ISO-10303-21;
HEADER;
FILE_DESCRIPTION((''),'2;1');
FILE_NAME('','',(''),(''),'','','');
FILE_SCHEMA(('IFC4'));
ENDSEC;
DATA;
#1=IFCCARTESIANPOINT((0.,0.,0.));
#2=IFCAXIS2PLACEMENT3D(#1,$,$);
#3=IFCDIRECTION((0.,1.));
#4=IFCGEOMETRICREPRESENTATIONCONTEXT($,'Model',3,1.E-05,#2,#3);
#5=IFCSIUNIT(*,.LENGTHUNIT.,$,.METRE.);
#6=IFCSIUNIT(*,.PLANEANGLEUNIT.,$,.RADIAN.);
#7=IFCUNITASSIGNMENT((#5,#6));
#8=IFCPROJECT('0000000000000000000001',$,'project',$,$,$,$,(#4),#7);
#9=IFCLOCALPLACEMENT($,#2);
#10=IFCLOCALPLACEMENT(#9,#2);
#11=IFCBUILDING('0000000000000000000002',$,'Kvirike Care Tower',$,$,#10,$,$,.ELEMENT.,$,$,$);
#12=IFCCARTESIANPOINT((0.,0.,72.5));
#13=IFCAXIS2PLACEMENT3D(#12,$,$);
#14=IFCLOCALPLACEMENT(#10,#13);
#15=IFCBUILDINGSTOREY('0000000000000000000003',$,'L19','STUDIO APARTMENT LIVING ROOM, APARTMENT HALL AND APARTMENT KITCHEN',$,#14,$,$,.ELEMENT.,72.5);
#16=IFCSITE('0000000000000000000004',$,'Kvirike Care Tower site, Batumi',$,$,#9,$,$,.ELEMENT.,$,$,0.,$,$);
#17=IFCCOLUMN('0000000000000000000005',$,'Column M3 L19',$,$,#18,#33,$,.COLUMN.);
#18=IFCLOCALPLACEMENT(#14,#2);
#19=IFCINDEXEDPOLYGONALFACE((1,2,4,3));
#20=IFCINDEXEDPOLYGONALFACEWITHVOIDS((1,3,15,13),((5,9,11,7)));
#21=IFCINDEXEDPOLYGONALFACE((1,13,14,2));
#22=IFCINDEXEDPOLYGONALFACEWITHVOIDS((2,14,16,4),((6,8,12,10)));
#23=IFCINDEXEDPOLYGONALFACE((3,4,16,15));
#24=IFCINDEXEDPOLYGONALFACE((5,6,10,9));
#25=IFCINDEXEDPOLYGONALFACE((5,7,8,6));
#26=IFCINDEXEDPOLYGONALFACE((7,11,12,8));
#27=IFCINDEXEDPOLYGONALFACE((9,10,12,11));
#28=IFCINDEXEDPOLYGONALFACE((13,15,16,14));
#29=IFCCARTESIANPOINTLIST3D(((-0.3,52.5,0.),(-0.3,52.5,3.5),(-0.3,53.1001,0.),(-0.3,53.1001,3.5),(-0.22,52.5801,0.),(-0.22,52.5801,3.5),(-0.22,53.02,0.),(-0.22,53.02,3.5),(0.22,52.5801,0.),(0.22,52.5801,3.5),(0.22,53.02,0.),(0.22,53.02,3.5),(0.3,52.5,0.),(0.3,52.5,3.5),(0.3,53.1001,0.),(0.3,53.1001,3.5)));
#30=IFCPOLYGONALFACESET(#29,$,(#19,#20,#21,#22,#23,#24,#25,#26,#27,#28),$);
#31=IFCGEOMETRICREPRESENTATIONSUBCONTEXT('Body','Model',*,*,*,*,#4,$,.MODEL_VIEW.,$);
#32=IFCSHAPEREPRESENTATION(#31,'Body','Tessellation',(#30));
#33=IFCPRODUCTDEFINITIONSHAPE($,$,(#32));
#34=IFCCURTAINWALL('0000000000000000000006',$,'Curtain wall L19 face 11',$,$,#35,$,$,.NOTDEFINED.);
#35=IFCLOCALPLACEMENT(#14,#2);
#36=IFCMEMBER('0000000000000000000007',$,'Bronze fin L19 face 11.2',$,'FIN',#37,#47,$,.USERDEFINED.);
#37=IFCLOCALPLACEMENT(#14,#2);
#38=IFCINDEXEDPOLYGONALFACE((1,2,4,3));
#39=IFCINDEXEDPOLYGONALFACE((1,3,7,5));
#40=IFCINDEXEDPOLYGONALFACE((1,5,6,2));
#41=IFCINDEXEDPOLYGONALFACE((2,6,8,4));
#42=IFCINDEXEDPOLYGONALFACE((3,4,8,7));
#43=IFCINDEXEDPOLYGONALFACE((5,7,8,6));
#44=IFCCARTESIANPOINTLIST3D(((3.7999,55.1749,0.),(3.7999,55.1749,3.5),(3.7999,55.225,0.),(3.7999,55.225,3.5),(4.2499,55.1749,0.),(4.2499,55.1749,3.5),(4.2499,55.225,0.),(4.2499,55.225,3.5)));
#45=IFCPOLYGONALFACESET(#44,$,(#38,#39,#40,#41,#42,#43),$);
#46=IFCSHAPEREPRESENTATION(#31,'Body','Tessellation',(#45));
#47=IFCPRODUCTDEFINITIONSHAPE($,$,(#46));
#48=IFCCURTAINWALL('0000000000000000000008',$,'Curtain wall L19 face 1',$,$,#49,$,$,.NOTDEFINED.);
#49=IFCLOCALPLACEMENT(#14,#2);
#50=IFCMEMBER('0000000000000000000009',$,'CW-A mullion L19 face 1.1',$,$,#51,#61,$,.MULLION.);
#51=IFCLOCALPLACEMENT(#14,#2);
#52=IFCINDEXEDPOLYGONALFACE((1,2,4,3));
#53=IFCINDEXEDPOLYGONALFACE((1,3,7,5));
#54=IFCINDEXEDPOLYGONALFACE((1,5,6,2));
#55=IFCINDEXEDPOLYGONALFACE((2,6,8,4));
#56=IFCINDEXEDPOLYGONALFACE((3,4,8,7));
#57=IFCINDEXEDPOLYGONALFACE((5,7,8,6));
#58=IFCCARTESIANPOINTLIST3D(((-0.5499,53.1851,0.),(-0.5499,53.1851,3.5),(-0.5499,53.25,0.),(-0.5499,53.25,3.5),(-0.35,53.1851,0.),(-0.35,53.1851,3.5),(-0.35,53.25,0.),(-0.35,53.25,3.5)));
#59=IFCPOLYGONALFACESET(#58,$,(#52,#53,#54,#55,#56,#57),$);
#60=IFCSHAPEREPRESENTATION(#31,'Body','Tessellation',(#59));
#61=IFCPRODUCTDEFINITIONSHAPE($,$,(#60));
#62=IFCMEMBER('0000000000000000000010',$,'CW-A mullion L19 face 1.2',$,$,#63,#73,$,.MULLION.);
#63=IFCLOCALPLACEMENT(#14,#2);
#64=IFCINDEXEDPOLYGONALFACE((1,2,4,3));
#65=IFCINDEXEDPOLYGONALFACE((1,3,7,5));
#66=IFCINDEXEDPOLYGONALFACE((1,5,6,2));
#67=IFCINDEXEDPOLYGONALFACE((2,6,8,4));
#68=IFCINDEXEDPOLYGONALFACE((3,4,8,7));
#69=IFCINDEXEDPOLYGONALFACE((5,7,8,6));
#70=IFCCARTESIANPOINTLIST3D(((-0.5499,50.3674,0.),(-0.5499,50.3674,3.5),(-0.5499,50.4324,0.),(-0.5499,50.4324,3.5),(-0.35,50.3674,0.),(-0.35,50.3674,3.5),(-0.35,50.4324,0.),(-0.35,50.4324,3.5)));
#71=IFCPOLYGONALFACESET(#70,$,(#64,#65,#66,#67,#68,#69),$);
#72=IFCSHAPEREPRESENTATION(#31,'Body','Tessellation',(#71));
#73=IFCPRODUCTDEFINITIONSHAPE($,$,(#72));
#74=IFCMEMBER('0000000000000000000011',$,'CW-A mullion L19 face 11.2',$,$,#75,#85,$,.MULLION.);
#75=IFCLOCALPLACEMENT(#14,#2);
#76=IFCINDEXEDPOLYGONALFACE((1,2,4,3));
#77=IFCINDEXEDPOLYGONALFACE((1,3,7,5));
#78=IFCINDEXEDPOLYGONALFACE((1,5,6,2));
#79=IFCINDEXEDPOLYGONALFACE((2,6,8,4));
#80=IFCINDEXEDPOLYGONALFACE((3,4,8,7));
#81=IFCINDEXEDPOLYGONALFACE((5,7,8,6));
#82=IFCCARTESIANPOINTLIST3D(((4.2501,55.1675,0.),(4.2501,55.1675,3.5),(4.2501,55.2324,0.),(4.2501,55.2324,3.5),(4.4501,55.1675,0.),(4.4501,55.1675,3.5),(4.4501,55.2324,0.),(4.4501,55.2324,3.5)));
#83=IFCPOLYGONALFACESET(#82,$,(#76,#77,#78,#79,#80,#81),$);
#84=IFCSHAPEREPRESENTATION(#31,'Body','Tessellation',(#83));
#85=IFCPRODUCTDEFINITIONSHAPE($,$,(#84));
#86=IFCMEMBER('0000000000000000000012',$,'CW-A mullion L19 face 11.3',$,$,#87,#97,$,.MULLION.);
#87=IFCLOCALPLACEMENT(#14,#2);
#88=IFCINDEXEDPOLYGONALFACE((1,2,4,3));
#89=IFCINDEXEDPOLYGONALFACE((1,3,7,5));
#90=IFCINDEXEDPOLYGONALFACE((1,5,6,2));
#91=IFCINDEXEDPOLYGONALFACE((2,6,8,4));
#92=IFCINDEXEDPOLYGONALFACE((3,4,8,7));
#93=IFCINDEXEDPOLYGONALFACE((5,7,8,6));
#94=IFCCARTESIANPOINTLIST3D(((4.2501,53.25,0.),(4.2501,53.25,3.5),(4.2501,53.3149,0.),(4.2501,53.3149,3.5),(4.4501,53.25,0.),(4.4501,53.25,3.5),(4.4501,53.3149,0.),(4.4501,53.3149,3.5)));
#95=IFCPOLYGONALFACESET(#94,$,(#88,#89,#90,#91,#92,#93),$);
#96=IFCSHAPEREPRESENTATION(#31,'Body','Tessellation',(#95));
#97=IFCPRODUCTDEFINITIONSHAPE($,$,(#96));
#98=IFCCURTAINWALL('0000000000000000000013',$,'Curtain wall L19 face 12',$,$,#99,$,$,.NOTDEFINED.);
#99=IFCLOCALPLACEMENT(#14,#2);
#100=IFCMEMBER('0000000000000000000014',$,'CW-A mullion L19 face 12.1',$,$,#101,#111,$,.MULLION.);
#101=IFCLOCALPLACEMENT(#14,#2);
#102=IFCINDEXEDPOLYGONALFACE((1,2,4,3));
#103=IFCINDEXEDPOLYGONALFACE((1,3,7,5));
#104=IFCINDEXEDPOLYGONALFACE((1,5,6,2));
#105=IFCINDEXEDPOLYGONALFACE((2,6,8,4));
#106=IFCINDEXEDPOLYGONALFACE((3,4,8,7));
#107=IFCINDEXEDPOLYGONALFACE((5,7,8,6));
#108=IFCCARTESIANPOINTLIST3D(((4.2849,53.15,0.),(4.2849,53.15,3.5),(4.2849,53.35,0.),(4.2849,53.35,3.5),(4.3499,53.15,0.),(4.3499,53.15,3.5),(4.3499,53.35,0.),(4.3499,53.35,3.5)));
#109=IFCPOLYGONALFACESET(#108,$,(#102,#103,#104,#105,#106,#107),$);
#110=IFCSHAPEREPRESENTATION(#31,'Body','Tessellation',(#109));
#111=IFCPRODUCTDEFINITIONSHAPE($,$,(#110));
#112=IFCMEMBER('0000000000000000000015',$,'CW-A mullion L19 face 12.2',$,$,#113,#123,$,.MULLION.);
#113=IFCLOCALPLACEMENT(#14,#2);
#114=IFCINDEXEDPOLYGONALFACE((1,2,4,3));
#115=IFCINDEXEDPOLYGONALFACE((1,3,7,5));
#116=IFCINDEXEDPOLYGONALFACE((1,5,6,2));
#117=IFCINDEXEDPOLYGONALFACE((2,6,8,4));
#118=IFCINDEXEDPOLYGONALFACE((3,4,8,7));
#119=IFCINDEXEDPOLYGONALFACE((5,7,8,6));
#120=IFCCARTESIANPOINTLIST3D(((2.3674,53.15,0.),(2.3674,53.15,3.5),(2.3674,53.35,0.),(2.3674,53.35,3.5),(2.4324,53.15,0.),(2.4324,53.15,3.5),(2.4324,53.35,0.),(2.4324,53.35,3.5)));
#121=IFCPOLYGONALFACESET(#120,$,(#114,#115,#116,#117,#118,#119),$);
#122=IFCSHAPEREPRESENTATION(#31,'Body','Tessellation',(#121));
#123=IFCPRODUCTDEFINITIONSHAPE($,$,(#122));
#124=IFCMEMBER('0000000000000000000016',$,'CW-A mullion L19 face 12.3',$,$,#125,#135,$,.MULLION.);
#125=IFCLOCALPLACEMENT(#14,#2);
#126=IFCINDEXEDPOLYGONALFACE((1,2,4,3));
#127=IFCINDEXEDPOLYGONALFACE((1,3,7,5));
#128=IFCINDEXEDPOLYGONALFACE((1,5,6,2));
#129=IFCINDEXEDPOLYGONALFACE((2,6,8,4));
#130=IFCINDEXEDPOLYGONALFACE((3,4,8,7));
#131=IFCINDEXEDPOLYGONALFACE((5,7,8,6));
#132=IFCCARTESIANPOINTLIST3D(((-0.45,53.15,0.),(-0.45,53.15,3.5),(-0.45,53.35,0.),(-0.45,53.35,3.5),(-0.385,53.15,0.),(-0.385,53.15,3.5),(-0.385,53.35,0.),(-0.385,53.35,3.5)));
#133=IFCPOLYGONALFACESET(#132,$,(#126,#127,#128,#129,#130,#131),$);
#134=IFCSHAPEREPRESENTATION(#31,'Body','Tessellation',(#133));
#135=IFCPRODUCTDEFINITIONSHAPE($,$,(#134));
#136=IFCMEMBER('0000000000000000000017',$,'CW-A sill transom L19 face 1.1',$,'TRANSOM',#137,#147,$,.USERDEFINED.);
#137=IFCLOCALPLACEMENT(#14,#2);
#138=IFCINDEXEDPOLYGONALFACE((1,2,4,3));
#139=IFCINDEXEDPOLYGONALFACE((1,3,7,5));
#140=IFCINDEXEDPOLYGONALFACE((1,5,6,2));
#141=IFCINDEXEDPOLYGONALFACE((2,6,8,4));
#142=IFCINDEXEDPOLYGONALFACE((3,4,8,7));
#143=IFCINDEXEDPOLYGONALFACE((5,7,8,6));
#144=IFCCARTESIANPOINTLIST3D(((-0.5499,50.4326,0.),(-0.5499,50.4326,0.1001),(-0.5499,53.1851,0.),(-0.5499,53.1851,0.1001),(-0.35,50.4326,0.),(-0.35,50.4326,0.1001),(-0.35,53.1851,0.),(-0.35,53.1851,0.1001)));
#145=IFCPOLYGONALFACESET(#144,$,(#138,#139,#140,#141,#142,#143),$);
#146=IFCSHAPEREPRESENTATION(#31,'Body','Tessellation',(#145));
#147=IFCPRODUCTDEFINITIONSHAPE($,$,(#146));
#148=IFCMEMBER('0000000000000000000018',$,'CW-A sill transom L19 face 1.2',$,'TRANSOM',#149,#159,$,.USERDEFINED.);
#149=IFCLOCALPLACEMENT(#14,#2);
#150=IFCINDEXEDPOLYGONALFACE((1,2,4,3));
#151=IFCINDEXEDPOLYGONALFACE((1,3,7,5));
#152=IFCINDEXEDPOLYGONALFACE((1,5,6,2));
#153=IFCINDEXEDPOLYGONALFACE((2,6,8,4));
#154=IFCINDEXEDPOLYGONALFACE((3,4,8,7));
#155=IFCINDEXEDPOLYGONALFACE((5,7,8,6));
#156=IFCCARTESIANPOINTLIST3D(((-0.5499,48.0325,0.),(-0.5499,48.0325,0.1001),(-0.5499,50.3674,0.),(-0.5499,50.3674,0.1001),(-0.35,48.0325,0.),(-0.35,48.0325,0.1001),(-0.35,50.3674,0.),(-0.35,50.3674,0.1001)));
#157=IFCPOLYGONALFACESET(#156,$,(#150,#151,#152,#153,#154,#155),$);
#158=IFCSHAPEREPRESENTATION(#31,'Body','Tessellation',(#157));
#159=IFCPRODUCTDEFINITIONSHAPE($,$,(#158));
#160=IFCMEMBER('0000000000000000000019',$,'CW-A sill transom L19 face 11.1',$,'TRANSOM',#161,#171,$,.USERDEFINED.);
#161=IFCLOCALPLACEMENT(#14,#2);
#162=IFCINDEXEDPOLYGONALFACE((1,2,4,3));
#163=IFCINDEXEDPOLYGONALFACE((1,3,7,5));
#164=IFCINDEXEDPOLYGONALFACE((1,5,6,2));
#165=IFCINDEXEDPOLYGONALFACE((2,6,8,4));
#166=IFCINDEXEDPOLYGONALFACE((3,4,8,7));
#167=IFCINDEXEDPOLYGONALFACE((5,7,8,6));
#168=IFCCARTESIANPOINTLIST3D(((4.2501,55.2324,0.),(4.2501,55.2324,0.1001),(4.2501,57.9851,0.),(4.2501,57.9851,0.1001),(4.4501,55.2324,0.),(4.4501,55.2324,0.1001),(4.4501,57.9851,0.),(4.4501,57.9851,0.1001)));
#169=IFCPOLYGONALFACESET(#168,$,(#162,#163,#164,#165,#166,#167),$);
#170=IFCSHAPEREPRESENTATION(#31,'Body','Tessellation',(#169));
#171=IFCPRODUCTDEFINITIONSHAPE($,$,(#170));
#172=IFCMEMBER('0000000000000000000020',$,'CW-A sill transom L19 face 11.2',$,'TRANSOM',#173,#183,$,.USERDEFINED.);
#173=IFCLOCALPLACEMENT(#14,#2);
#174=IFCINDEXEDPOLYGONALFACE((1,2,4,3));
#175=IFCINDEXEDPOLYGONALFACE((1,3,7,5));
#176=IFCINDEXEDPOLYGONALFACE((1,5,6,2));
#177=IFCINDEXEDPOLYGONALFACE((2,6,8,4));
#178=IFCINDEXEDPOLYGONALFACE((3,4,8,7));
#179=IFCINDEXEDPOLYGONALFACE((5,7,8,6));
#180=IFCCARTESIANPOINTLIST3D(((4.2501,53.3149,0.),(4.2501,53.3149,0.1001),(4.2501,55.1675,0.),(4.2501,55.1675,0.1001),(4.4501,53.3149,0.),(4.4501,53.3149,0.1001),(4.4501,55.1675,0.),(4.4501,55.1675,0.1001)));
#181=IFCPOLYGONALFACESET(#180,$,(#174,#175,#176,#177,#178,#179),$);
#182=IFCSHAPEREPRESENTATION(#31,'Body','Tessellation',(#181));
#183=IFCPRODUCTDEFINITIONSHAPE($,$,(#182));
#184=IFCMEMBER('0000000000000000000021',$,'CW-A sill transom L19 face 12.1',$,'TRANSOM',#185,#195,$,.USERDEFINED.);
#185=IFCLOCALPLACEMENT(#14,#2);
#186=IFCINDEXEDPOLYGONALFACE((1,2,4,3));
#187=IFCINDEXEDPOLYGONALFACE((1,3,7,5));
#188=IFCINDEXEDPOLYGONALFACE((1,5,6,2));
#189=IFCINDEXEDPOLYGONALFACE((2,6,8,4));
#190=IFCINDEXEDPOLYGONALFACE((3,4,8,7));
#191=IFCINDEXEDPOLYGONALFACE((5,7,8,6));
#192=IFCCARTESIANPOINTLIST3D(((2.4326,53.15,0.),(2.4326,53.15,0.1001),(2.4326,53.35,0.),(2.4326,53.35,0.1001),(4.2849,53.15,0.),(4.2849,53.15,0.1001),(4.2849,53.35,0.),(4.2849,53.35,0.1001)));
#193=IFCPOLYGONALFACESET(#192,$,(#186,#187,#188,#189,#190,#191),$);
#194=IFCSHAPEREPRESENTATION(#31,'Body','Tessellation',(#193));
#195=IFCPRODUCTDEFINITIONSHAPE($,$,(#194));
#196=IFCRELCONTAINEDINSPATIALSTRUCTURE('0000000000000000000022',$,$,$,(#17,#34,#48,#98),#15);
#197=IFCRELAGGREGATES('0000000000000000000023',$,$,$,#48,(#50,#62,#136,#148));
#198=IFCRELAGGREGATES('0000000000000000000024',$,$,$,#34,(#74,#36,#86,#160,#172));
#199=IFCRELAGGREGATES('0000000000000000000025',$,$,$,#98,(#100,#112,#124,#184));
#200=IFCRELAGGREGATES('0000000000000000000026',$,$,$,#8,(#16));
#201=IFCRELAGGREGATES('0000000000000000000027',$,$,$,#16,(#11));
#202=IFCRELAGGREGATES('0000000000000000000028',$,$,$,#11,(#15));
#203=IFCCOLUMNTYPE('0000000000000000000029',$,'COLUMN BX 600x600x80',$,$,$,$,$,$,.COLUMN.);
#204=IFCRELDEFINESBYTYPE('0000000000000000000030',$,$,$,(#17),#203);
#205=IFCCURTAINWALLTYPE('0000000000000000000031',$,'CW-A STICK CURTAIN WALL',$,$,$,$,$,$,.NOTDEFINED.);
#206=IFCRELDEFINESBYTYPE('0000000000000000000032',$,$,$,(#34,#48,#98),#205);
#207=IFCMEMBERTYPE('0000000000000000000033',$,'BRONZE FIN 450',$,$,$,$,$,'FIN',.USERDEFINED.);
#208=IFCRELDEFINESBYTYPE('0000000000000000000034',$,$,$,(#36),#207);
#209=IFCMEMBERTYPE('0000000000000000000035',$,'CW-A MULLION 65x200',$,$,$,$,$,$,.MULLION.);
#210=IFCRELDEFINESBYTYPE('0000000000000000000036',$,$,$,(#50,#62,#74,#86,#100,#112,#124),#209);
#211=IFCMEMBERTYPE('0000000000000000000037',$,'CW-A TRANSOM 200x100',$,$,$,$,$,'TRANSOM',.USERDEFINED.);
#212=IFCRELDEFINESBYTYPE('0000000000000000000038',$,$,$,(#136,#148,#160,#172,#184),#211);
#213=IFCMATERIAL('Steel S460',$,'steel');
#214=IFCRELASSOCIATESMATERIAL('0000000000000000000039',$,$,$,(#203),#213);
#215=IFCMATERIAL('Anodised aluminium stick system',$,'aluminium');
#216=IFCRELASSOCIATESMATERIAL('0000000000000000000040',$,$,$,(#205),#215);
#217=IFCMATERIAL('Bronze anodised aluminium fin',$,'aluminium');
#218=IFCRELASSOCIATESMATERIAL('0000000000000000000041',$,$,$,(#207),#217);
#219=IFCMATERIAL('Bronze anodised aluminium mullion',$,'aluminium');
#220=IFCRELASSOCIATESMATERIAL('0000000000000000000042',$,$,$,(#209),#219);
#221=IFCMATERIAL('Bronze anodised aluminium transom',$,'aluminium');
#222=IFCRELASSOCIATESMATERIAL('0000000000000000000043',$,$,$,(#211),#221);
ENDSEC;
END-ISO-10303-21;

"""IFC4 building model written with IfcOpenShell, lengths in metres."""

from ifc_helpers import new_model, si_unit, direction, frame, origin, origin_2d, place, context, subcontext, project, spatial, rectangle, hollow_rectangle, extrude, material, material_profile, profile_set, type_object, element, aggregate, save


model = new_model("IFC4")

# Units and contexts
model_context = context("Model", 3, precision=1e-05, world=origin(), true_north=direction((0.0, 1.0)))
body_context = subcontext(model_context, "Body", "Model", "MODEL_VIEW")
ifc_project = project(units=[si_unit("LENGTHUNIT", "METRE"), si_unit("PLANEANGLEUNIT", "RADIAN")], contexts=[model_context])

# Site, building, storey
site_placement = place(None, origin())
site = spatial("IfcSite", under=ifc_project, at=site_placement, Name="Kvirike Care Tower site, Batumi", CompositionType="ELEMENT", RefElevation=0.0)
building_placement = place(site_placement, origin())
building = spatial("IfcBuilding", under=site, at=building_placement, Name="Kvirike Care Tower", CompositionType="ELEMENT")
storey_placement = place(building_placement, frame((0.0, 0.0, 72.5)))
storey = spatial("IfcBuildingStorey", under=building, at=storey_placement, Name="L19", Description="STUDIO APARTMENT LIVING ROOM, APARTMENT HALL AND APARTMENT KITCHEN", CompositionType="ELEMENT", Elevation=72.5)

# Column
ifc_material_1 = material(Name="Steel S460", Category="steel")
ifc_material_profile_1 = material_profile(ifc_material_1, hollow_rectangle(XDim=0.6001, YDim=0.6001, WallThickness=0.0801, at=origin_2d()), Name="BX 600x600x80")
ifc_profile_set_1 = profile_set([ifc_material_profile_1], Name="Steel S460")
column_type = type_object("IfcColumnType", Name="COLUMN BX 600x600x80", PredefinedType="COLUMN", material=ifc_profile_set_1)
column_placement = place(storey_placement, frame((0.0, 52.8, 0.0), z_axis=(0.0, 0.0, 1.0), x_axis=(0.0, 1.0, 0.0)))
element("IfcColumn", 1, at=column_placement, inside=storey, type_object=column_type, Name="Column M3 L19", PredefinedType="COLUMN", context=body_context, shape_type="SweptSolid", body=[
    extrude(hollow_rectangle(XDim=0.6001, YDim=0.6001, WallThickness=0.0801, at=origin_2d()), origin(), (0.0, 0.0, 1.0), 3.5),
])

# Curtain wall, member
ifc_material_2 = material(Name="Anodised aluminium stick system", Category="aluminium")
curtain_wall_type = type_object("IfcCurtainWallType", Name="CW-A STICK CURTAIN WALL", PredefinedType="NOTDEFINED", material=ifc_material_2)
curtain_wall_1_placement = place(storey_placement, origin())
curtain_wall_1 = element("IfcCurtainWall", 2, at=curtain_wall_1_placement, inside=storey, type_object=curtain_wall_type, Name="Curtain wall L19 face 11", PredefinedType="NOTDEFINED")
ifc_material_3 = material(Name="Bronze anodised aluminium fin", Category="aluminium")
ifc_material_profile_2 = material_profile(ifc_material_3, rectangle(XDim=0.05, YDim=0.45, at=origin_2d()), Name="BRONZE FIN 450")
ifc_profile_set_2 = profile_set([ifc_material_profile_2], Name="Bronze anodised aluminium fin")
member_type_1 = type_object("IfcMemberType", Name="BRONZE FIN 450", ElementType="FIN", PredefinedType="USERDEFINED", material=ifc_profile_set_2)
member_1_placement = place(storey_placement, frame((4.0249, 55.2, 0.0), z_axis=(0.0, 0.0, 1.0), x_axis=(0.0, -1.0, 0.0)))
member_1 = element("IfcMember", 3, at=member_1_placement, type_object=member_type_1, Name="Bronze fin L19 face 11.2", ObjectType="FIN", PredefinedType="USERDEFINED", context=body_context, shape_type="SweptSolid", body=[
    extrude(rectangle(XDim=0.05, YDim=0.45, at=origin_2d()), origin(), (0.0, 0.0, 1.0), 3.5),
])

# Curtain wall, members
curtain_wall_2_placement = place(storey_placement, origin())
curtain_wall_2 = element("IfcCurtainWall", 4, at=curtain_wall_2_placement, inside=storey, type_object=curtain_wall_type, Name="Curtain wall L19 face 1", PredefinedType="NOTDEFINED")
ifc_material_4 = material(Name="Bronze anodised aluminium mullion", Category="aluminium")
ifc_material_profile_3 = material_profile(ifc_material_4, rectangle(XDim=0.0649, YDim=0.2, at=origin_2d()), Name="CW-A MULLION 65x200")
ifc_profile_set_3 = profile_set([ifc_material_profile_3], Name="Bronze anodised aluminium mullion")
member_type_2 = type_object("IfcMemberType", Name="CW-A MULLION 65x200", PredefinedType="MULLION", material=ifc_profile_set_3)
member_2_placement = place(storey_placement, frame((-0.45, 53.2175, 0.0), z_axis=(0.0, 0.0, 1.0), x_axis=(0.0, -1.0, 0.0)))
member_2 = element("IfcMember", 5, at=member_2_placement, type_object=member_type_2, Name="CW-A mullion L19 face 1.1", PredefinedType="MULLION", context=body_context, shape_type="SweptSolid", body=[
    extrude(rectangle(XDim=0.0649, YDim=0.2, at=origin_2d()), origin(), (0.0, 0.0, 1.0), 3.5),
])
member_3_placement = place(storey_placement, frame((-0.45, 50.3999, 0.0), z_axis=(0.0, 0.0, 1.0), x_axis=(0.0, -1.0, 0.0)))
member_3 = element("IfcMember", 6, at=member_3_placement, type_object=member_type_2, Name="CW-A mullion L19 face 1.2", PredefinedType="MULLION", context=body_context, shape_type="SweptSolid", body=[
    extrude(rectangle(XDim=0.0649, YDim=0.2, at=origin_2d()), origin(), (0.0, 0.0, 1.0), 3.5),
])

# Members
member_4_placement = place(storey_placement, frame((4.3501, 55.2, 0.0), z_axis=(0.0, 0.0, 1.0), x_axis=(0.0, -1.0, 0.0)))
member_4 = element("IfcMember", 7, at=member_4_placement, type_object=member_type_2, Name="CW-A mullion L19 face 11.2", PredefinedType="MULLION", context=body_context, shape_type="SweptSolid", body=[
    extrude(rectangle(XDim=0.0649, YDim=0.2, at=origin_2d()), origin(), (0.0, 0.0, 1.0), 3.5),
])
member_5_placement = place(storey_placement, frame((4.3501, 53.2825, 0.0), z_axis=(0.0, 0.0, 1.0), x_axis=(0.0, -1.0, 0.0)))
member_5 = element("IfcMember", 8, at=member_5_placement, type_object=member_type_2, Name="CW-A mullion L19 face 11.3", PredefinedType="MULLION", context=body_context, shape_type="SweptSolid", body=[
    extrude(rectangle(XDim=0.0649, YDim=0.2, at=origin_2d()), origin(), (0.0, 0.0, 1.0), 3.5),
])

# Curtain wall, members
curtain_wall_3_placement = place(storey_placement, origin())
curtain_wall_3 = element("IfcCurtainWall", 9, at=curtain_wall_3_placement, inside=storey, type_object=curtain_wall_type, Name="Curtain wall L19 face 12", PredefinedType="NOTDEFINED")
member_6_placement = place(storey_placement, frame((4.3174, 53.25, 0.0), z_axis=(0.0, 0.0, 1.0), x_axis=(-1.0, 0.0, 0.0)))
member_6 = element("IfcMember", 10, at=member_6_placement, type_object=member_type_2, Name="CW-A mullion L19 face 12.1", PredefinedType="MULLION", context=body_context, shape_type="SweptSolid", body=[
    extrude(rectangle(XDim=0.0649, YDim=0.2, at=origin_2d()), origin(), (0.0, 0.0, 1.0), 3.5),
])
member_7_placement = place(storey_placement, frame((2.3999, 53.25, 0.0), z_axis=(0.0, 0.0, 1.0), x_axis=(-1.0, 0.0, 0.0)))
member_7 = element("IfcMember", 11, at=member_7_placement, type_object=member_type_2, Name="CW-A mullion L19 face 12.2", PredefinedType="MULLION", context=body_context, shape_type="SweptSolid", body=[
    extrude(rectangle(XDim=0.0649, YDim=0.2, at=origin_2d()), origin(), (0.0, 0.0, 1.0), 3.5),
])
member_8_placement = place(storey_placement, frame((-0.4175, 53.25, 0.0), z_axis=(0.0, 0.0, 1.0), x_axis=(-1.0, 0.0, 0.0)))
member_8 = element("IfcMember", 12, at=member_8_placement, type_object=member_type_2, Name="CW-A mullion L19 face 12.3", PredefinedType="MULLION", context=body_context, shape_type="SweptSolid", body=[
    extrude(rectangle(XDim=0.0649, YDim=0.2, at=origin_2d()), origin(), (0.0, 0.0, 1.0), 3.5),
])

# Members
ifc_material_5 = material(Name="Bronze anodised aluminium transom", Category="aluminium")
ifc_material_profile_4 = material_profile(ifc_material_5, rectangle(XDim=0.2, YDim=0.1001, at=origin_2d()), Name="CW-A TRANSOM 200x100")
ifc_profile_set_4 = profile_set([ifc_material_profile_4], Name="Bronze anodised aluminium transom")
member_type_3 = type_object("IfcMemberType", Name="CW-A TRANSOM 200x100", ElementType="TRANSOM", PredefinedType="USERDEFINED", material=ifc_profile_set_4)
member_9_placement = place(storey_placement, frame((-0.45, 53.1851, 0.05), z_axis=(0.0, -1.0, 0.0), x_axis=(1.0, 0.0, 0.0)))
member_9 = element("IfcMember", 13, at=member_9_placement, type_object=member_type_3, Name="CW-A sill transom L19 face 1.1", ObjectType="TRANSOM", PredefinedType="USERDEFINED", context=body_context, shape_type="SweptSolid", body=[
    extrude(rectangle(XDim=0.2, YDim=0.1001, at=origin_2d()), origin(), (0.0, 0.0, 1.0), 2.7524),
])
member_10_placement = place(storey_placement, frame((-0.45, 50.3674, 0.05), z_axis=(0.0, -1.0, 0.0), x_axis=(1.0, 0.0, 0.0)))
member_10 = element("IfcMember", 14, at=member_10_placement, type_object=member_type_3, Name="CW-A sill transom L19 face 1.2", ObjectType="TRANSOM", PredefinedType="USERDEFINED", context=body_context, shape_type="SweptSolid", body=[
    extrude(rectangle(XDim=0.2, YDim=0.1001, at=origin_2d()), origin(), (0.0, 0.0, 1.0), 2.335),
])
member_11_placement = place(storey_placement, frame((4.3501, 57.9851, 0.05), z_axis=(0.0, -1.0, 0.0), x_axis=(1.0, 0.0, 0.0)))
member_11 = element("IfcMember", 15, at=member_11_placement, type_object=member_type_3, Name="CW-A sill transom L19 face 11.1", ObjectType="TRANSOM", PredefinedType="USERDEFINED", context=body_context, shape_type="SweptSolid", body=[
    extrude(rectangle(XDim=0.2, YDim=0.1001, at=origin_2d()), origin(), (0.0, 0.0, 1.0), 2.7527),
])
member_12_placement = place(storey_placement, frame((4.3501, 55.1675, 0.05), z_axis=(0.0, -1.0, 0.0), x_axis=(1.0, 0.0, 0.0)))
member_12 = element("IfcMember", 16, at=member_12_placement, type_object=member_type_3, Name="CW-A sill transom L19 face 11.2", ObjectType="TRANSOM", PredefinedType="USERDEFINED", context=body_context, shape_type="SweptSolid", body=[
    extrude(rectangle(XDim=0.2, YDim=0.1001, at=origin_2d()), origin(), (0.0, 0.0, 1.0), 1.8525),
])
member_13_placement = place(storey_placement, frame((4.2849, 53.25, 0.05), z_axis=(-1.0, 0.0, 0.0), x_axis=(0.0, -1.0, 0.0)))
member_13 = element("IfcMember", 17, at=member_13_placement, type_object=member_type_3, Name="CW-A sill transom L19 face 12.1", ObjectType="TRANSOM", PredefinedType="USERDEFINED", context=body_context, shape_type="SweptSolid", body=[
    extrude(rectangle(XDim=0.2, YDim=0.1001, at=origin_2d()), origin(), (0.0, 0.0, 1.0), 1.8523),
])

aggregate(curtain_wall_2, [member_2, member_3, member_9, member_10])
aggregate(curtain_wall_1, [member_4, member_1, member_5, member_11, member_12])
aggregate(curtain_wall_3, [member_6, member_7, member_8, member_13])

save(model, "model.ifc")
